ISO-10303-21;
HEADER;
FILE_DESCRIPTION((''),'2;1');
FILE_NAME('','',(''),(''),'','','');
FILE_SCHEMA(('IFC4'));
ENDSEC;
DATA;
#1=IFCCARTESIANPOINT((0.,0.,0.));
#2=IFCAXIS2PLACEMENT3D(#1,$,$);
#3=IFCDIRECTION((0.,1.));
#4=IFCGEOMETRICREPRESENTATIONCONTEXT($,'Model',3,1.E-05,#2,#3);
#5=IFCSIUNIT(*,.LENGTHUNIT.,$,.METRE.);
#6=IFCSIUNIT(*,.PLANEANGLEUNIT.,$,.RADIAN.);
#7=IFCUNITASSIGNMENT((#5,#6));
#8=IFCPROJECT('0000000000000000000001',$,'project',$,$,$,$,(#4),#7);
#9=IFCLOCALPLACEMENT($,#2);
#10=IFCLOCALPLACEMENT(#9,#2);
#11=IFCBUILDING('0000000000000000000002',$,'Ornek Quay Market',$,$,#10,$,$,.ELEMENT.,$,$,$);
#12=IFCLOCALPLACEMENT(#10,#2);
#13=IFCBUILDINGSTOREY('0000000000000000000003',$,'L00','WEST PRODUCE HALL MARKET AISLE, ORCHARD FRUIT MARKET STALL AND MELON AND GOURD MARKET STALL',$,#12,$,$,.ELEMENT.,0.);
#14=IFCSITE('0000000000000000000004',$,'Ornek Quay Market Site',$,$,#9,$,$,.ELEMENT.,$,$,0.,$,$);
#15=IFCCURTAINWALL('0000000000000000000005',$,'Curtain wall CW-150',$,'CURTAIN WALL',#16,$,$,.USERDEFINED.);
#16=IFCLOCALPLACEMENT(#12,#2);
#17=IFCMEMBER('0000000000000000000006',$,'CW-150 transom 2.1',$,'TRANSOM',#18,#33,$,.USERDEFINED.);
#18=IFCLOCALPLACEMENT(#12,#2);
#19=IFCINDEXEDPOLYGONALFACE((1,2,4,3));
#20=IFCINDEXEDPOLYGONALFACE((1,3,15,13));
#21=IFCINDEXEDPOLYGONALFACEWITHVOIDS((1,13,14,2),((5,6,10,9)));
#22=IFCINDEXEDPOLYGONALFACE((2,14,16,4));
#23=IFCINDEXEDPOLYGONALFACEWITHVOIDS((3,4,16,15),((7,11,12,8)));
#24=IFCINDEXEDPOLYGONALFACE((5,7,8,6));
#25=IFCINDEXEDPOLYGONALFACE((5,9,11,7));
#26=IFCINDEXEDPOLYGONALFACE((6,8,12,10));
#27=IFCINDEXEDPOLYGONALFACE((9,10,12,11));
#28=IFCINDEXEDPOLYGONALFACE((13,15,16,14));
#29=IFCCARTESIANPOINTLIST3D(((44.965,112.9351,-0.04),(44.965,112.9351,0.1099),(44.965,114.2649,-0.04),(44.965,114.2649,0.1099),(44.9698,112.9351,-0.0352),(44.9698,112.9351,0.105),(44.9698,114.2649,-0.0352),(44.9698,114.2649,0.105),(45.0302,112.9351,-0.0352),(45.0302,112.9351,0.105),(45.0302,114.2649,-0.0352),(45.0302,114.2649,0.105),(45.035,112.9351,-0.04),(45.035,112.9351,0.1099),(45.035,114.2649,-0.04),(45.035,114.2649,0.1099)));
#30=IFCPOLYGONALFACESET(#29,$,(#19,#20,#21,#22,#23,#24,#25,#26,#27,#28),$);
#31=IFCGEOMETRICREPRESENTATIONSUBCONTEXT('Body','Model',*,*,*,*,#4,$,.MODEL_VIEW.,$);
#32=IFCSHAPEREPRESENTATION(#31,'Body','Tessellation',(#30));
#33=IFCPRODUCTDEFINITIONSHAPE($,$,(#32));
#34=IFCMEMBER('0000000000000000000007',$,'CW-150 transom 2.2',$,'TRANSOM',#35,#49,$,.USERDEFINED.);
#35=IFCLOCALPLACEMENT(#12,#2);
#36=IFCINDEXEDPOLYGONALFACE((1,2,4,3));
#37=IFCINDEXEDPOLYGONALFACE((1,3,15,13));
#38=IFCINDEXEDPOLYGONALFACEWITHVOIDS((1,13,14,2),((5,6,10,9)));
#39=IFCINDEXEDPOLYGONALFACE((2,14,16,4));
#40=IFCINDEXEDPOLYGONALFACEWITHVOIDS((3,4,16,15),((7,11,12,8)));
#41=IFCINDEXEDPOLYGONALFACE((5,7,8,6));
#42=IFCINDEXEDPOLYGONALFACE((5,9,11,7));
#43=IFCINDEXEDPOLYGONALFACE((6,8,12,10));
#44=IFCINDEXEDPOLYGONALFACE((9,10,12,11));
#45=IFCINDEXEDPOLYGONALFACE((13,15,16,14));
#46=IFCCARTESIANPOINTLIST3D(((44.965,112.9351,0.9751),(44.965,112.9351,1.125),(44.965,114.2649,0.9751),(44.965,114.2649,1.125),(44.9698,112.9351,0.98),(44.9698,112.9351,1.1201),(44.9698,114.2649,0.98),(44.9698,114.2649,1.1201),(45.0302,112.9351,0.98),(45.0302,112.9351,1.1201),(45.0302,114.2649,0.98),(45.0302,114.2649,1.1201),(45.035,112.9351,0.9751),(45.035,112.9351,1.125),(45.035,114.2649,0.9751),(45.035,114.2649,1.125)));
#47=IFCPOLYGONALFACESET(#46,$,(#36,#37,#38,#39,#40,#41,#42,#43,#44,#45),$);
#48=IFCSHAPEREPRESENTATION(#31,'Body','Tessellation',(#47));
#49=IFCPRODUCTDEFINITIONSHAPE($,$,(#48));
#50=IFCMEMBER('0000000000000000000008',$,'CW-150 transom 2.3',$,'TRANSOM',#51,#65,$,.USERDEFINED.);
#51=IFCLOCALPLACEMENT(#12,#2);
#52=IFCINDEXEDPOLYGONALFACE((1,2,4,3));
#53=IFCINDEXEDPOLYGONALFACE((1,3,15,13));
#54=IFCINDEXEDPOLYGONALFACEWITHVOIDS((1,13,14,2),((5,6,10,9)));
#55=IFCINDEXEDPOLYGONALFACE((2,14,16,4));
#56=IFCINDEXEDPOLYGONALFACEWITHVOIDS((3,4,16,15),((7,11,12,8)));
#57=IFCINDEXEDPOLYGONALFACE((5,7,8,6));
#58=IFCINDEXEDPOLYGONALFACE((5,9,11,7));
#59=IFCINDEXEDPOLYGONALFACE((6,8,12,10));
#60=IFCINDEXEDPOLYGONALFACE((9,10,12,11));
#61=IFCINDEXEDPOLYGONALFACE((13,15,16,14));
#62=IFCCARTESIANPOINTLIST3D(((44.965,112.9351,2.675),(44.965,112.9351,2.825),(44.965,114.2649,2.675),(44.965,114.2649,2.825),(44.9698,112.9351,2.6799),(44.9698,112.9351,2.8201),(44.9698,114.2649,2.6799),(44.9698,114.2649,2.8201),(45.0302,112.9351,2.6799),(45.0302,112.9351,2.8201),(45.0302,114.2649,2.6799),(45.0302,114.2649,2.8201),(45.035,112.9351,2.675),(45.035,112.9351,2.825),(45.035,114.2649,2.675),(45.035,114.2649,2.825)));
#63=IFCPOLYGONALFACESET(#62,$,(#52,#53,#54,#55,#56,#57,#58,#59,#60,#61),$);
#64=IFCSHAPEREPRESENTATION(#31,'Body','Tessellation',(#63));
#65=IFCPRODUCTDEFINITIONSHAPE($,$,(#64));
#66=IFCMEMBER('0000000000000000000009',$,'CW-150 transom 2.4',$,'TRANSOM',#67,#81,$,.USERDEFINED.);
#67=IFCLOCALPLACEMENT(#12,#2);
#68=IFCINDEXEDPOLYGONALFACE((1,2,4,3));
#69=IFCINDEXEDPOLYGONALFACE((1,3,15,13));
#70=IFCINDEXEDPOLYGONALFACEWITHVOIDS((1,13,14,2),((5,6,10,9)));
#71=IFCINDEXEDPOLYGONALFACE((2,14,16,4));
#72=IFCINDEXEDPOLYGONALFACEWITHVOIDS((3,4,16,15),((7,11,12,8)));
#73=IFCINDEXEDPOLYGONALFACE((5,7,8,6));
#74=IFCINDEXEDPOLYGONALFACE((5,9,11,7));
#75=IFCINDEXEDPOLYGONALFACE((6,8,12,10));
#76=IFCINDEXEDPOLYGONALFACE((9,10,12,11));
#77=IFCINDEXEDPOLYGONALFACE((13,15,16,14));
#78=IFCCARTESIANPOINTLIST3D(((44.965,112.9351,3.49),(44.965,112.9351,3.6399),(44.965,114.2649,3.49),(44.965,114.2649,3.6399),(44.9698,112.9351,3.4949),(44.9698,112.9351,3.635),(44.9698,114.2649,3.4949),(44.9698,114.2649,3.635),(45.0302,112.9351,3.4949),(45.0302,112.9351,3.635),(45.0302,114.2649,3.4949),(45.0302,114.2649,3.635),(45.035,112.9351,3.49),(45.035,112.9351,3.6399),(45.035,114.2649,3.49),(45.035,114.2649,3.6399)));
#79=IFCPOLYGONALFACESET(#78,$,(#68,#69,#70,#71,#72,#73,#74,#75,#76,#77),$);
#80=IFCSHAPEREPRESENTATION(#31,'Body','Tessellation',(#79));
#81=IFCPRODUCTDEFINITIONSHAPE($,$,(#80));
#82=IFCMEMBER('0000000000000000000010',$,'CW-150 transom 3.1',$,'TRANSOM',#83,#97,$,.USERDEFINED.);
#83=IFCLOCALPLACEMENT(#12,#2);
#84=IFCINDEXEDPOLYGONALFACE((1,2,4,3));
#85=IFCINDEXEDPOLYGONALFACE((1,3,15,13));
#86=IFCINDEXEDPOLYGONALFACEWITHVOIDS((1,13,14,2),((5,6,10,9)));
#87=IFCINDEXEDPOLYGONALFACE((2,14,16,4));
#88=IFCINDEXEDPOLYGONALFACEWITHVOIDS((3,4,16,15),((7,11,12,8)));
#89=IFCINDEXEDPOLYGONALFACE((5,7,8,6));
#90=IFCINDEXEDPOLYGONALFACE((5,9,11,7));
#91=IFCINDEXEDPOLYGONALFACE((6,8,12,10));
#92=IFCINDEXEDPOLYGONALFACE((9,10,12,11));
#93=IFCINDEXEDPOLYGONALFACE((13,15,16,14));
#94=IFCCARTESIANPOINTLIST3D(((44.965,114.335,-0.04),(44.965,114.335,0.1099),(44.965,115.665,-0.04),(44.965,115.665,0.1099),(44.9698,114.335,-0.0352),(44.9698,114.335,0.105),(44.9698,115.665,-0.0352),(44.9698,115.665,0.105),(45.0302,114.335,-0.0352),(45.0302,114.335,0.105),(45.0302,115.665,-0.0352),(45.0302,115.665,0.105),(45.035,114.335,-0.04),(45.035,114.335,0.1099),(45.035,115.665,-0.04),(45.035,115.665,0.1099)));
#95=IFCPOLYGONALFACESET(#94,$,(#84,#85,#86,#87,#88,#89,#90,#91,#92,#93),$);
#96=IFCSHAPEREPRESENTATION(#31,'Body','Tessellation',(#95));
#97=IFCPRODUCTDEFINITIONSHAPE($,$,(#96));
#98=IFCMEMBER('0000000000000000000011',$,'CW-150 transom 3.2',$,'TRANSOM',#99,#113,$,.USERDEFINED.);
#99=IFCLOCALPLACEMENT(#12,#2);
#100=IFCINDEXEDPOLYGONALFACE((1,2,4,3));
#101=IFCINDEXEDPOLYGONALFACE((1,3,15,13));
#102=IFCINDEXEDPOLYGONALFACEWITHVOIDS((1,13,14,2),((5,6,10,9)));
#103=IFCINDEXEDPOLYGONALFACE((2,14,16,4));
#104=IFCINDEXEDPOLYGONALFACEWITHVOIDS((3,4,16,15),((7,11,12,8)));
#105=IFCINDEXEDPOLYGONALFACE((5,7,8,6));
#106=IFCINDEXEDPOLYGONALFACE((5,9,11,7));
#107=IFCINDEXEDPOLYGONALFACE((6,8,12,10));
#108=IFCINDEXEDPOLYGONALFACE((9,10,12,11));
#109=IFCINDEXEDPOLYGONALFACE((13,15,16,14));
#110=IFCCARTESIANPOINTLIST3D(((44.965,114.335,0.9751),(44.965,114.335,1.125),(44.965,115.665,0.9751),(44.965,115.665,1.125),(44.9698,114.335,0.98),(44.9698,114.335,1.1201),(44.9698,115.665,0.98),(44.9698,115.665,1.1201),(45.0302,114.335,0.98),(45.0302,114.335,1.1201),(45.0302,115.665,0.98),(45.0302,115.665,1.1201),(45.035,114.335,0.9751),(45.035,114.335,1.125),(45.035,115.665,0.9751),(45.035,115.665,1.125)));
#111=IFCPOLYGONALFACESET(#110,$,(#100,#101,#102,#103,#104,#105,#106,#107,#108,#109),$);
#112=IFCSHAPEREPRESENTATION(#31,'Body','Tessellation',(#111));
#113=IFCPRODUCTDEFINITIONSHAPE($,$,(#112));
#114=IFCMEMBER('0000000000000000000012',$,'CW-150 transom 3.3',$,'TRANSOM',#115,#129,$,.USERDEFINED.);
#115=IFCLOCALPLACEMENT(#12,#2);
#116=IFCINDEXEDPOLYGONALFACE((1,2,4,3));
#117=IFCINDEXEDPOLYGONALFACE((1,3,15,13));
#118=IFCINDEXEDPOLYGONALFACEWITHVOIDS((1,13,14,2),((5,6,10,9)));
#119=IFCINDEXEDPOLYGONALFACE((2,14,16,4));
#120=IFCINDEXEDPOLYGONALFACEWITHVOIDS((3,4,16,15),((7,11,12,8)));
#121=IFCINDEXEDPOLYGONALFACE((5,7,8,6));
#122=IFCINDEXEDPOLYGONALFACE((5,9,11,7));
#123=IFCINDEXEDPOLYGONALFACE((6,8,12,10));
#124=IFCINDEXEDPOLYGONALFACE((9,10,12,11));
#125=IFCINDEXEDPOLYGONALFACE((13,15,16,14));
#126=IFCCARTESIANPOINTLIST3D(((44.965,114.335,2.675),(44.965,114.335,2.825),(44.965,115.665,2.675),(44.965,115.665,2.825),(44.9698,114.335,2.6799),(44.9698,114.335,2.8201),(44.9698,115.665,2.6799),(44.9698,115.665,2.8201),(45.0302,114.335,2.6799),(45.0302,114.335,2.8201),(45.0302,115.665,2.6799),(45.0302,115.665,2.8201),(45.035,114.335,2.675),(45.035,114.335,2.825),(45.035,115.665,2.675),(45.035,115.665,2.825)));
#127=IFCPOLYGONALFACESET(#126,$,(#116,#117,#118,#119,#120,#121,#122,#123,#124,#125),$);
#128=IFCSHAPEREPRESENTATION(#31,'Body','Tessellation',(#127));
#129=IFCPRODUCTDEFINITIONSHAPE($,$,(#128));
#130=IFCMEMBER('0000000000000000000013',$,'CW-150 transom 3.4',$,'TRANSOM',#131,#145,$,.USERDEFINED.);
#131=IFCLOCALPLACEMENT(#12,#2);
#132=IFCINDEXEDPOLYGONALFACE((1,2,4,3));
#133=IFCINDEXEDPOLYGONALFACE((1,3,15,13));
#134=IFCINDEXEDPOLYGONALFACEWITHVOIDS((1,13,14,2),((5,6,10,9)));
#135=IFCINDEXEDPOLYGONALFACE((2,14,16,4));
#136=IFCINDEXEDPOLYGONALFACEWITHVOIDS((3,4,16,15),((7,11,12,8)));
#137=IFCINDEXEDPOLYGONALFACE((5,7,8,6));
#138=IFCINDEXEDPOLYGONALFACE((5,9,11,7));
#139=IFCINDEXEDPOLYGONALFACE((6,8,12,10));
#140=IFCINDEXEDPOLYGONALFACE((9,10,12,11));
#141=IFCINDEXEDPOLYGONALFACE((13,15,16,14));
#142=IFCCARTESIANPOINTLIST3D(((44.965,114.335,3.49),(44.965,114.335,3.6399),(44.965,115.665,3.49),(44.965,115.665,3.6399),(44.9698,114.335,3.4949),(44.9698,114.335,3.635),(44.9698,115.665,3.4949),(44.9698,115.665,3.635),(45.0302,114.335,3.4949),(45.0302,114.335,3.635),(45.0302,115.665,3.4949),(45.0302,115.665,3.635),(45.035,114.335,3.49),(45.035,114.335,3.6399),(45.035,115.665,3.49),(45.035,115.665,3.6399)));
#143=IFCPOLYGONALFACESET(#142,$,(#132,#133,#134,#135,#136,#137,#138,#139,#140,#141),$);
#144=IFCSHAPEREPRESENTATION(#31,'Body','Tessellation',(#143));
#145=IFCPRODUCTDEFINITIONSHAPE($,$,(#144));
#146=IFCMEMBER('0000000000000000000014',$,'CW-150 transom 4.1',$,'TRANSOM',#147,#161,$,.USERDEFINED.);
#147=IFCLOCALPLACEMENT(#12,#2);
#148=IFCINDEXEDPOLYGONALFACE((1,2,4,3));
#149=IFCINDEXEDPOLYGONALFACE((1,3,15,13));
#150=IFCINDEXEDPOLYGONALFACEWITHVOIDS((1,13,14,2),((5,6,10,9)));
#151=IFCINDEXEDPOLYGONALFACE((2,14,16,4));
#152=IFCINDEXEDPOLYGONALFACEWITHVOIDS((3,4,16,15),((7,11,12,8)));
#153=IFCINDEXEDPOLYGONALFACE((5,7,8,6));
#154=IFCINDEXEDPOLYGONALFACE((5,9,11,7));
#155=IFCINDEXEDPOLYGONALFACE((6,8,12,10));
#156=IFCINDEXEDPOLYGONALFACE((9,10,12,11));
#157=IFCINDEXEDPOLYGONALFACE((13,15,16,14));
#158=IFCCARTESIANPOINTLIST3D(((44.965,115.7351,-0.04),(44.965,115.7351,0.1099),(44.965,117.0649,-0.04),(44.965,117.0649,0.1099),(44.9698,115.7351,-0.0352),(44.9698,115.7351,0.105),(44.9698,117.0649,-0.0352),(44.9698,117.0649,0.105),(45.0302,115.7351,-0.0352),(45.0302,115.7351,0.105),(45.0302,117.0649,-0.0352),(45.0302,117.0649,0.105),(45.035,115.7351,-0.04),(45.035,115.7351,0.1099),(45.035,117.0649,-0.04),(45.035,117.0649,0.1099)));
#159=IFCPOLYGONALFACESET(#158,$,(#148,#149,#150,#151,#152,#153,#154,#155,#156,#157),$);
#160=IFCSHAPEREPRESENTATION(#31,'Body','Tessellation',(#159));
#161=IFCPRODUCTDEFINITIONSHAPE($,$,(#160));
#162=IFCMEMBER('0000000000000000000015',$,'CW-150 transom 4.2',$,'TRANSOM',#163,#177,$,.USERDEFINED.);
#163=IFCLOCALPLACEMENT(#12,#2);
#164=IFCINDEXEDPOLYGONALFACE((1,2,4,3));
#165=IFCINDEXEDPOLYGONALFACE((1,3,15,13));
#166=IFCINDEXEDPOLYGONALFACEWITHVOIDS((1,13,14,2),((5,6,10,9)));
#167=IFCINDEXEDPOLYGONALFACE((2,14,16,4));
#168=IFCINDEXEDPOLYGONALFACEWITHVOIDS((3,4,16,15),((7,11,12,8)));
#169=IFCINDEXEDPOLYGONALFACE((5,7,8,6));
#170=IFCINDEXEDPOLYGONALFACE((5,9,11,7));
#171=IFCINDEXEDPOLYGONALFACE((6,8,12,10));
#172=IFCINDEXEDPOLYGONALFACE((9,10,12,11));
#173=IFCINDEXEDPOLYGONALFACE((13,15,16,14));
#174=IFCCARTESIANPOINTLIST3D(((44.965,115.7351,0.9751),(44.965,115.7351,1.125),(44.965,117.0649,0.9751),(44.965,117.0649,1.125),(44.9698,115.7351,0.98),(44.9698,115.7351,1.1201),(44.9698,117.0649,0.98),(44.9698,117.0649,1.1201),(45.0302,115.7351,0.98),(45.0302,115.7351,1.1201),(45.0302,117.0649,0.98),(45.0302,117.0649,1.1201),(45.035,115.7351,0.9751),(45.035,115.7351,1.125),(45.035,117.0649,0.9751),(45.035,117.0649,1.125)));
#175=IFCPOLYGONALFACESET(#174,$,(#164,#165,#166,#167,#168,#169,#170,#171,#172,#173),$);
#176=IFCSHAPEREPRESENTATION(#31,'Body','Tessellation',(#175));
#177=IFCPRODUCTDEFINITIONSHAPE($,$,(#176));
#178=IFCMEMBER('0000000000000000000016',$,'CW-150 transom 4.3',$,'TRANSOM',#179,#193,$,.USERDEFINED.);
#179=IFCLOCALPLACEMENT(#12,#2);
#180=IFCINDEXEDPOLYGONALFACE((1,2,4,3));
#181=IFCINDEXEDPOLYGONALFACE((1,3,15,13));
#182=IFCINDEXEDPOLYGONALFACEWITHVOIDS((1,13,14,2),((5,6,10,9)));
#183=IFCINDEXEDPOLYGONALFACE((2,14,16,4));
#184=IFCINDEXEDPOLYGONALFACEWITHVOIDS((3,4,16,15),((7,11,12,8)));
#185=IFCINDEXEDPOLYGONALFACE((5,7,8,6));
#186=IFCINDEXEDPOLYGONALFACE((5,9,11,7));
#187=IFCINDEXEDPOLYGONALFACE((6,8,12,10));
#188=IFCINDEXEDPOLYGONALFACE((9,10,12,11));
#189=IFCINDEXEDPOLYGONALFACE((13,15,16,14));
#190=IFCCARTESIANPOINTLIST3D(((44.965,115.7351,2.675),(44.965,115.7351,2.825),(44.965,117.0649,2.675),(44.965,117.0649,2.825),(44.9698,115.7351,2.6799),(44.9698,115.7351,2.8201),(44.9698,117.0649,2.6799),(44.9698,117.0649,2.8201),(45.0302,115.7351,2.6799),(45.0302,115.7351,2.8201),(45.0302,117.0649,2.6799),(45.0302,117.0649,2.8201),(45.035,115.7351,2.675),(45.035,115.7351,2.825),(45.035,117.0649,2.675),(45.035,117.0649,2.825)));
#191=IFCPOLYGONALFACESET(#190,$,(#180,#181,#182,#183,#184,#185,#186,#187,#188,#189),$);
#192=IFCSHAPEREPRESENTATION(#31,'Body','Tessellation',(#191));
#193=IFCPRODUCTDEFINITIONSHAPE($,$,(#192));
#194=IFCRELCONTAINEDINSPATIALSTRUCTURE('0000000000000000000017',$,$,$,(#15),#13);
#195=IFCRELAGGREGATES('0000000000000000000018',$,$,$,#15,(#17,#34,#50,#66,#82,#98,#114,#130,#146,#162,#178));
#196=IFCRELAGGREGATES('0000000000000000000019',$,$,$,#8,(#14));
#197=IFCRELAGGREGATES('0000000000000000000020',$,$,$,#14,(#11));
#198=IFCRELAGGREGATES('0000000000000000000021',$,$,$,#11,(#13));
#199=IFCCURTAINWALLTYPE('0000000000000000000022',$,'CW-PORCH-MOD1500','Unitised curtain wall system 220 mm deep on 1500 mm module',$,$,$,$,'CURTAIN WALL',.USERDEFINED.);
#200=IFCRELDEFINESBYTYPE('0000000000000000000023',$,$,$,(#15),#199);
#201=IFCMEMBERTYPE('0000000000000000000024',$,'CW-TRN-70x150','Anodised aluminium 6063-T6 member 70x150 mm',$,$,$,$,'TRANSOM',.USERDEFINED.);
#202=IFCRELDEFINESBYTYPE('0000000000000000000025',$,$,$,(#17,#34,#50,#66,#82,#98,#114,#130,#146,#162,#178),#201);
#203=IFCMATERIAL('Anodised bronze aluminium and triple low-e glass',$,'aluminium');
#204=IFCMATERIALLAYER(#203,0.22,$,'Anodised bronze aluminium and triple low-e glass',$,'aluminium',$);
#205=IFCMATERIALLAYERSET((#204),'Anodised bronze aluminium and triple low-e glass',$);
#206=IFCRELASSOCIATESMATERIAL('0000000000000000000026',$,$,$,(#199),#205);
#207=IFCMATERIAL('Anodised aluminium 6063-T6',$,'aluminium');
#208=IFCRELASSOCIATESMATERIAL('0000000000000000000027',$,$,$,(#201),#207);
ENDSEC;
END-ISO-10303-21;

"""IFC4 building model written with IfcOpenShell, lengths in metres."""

from ifc_helpers import new_model, si_unit, direction, frame, origin, origin_2d, place, context, subcontext, project, spatial, hollow_rectangle, extrude, material, layer, layer_set, material_profile, profile_set, type_object, element, aggregate, save


model = new_model("IFC4")

# Units and contexts
model_context = context("Model", 3, precision=1e-05, world=origin(), true_north=direction((0.0, 1.0)))
body_context = subcontext(model_context, "Body", "Model", "MODEL_VIEW")
ifc_project = project(units=[si_unit("LENGTHUNIT", "METRE"), si_unit("PLANEANGLEUNIT", "RADIAN")], contexts=[model_context])

# Site, building, storey
site_placement = place(None, origin())
site = spatial("IfcSite", under=ifc_project, at=site_placement, Name="Ornek Quay Market Site", CompositionType="ELEMENT", RefElevation=0.0)
building_placement = place(site_placement, origin())
building = spatial("IfcBuilding", under=site, at=building_placement, Name="Ornek Quay Market", CompositionType="ELEMENT")
storey_placement = place(building_placement, origin())
storey = spatial("IfcBuildingStorey", under=building, at=storey_placement, Name="L00", Description="WEST PRODUCE HALL MARKET AISLE, ORCHARD FRUIT MARKET STALL AND MELON AND GOURD MARKET STALL", CompositionType="ELEMENT", Elevation=0.0)

# Curtain wall, members
ifc_material_1 = material(Name="Anodised bronze aluminium and triple low-e glass", Category="aluminium")
ifc_layer_1 = layer(ifc_material_1, 0.22, Name="Anodised bronze aluminium and triple low-e glass", Category="aluminium")
ifc_layer_set_1 = layer_set([ifc_layer_1], Name="Anodised bronze aluminium and triple low-e glass")
curtain_wall_type = type_object("IfcCurtainWallType", Name="CW-PORCH-MOD1500", Description="Unitised curtain wall system 220 mm deep on 1500 mm module", ElementType="CURTAIN WALL", PredefinedType="USERDEFINED", material=ifc_layer_set_1)
curtain_wall_1_placement = place(storey_placement, origin())
curtain_wall_1 = element("IfcCurtainWall", 1, at=curtain_wall_1_placement, inside=storey, type_object=curtain_wall_type, Name="Curtain wall CW-150", ObjectType="CURTAIN WALL", PredefinedType="USERDEFINED")
ifc_material_2 = material(Name="Anodised aluminium 6063-T6", Category="aluminium")
ifc_material_profile_1 = material_profile(ifc_material_2, hollow_rectangle(XDim=0.0701, YDim=0.1499, WallThickness=0.0049, at=origin_2d()), Name="CW-TRN-70x150", Category="aluminium")
ifc_profile_set_1 = profile_set([ifc_material_profile_1], Name="Anodised aluminium 6063-T6")
member_type_1 = type_object("IfcMemberType", Name="CW-TRN-70x150", Description="Anodised aluminium 6063-T6 member 70x150 mm", ElementType="TRANSOM", PredefinedType="USERDEFINED", material=ifc_profile_set_1)
member_1_placement = place(storey_placement, frame((45.0, 112.9351, 0.0349), z_axis=(0.0, 1.0, 0.0), x_axis=(-1.0, 0.0, 0.0)))
member_1 = element("IfcMember", 2, at=member_1_placement, type_object=member_type_1, Name="CW-150 transom 2.1", ObjectType="TRANSOM", PredefinedType="USERDEFINED", context=body_context, shape_type="SweptSolid", body=[
    extrude(hollow_rectangle(XDim=0.0701, YDim=0.1499, WallThickness=0.0049, at=origin_2d()), origin(), (0.0, 0.0, 1.0), 1.3298),
])
member_2_placement = place(storey_placement, frame((45.0, 112.9351, 1.05), z_axis=(0.0, 1.0, 0.0), x_axis=(-1.0, 0.0, 0.0)))
member_2 = element("IfcMember", 3, at=member_2_placement, type_object=member_type_1, Name="CW-150 transom 2.2", ObjectType="TRANSOM", PredefinedType="USERDEFINED", context=body_context, shape_type="SweptSolid", body=[
    extrude(hollow_rectangle(XDim=0.0701, YDim=0.1499, WallThickness=0.0049, at=origin_2d()), origin(), (0.0, 0.0, 1.0), 1.3298),
])
member_3_placement = place(storey_placement, frame((45.0, 112.9351, 2.75), z_axis=(0.0, 1.0, 0.0), x_axis=(-1.0, 0.0, 0.0)))
member_3 = element("IfcMember", 4, at=member_3_placement, type_object=member_type_1, Name="CW-150 transom 2.3", ObjectType="TRANSOM", PredefinedType="USERDEFINED", context=body_context, shape_type="SweptSolid", body=[
    extrude(hollow_rectangle(XDim=0.0701, YDim=0.1499, WallThickness=0.0049, at=origin_2d()), origin(), (0.0, 0.0, 1.0), 1.3298),
])
member_4_placement = place(storey_placement, frame((45.0, 112.9351, 3.5649), z_axis=(0.0, 1.0, 0.0), x_axis=(-1.0, 0.0, 0.0)))
member_4 = element("IfcMember", 5, at=member_4_placement, type_object=member_type_1, Name="CW-150 transom 2.4", ObjectType="TRANSOM", PredefinedType="USERDEFINED", context=body_context, shape_type="SweptSolid", body=[
    extrude(hollow_rectangle(XDim=0.0701, YDim=0.1499, WallThickness=0.0049, at=origin_2d()), origin(), (0.0, 0.0, 1.0), 1.3298),
])
member_5_placement = place(storey_placement, frame((45.0, 114.335, 0.0349), z_axis=(0.0, 1.0, 0.0), x_axis=(-1.0, 0.0, 0.0)))
member_5 = element("IfcMember", 6, at=member_5_placement, type_object=member_type_1, Name="CW-150 transom 3.1", ObjectType="TRANSOM", PredefinedType="USERDEFINED", context=body_context, shape_type="SweptSolid", body=[
    extrude(hollow_rectangle(XDim=0.0701, YDim=0.1499, WallThickness=0.0049, at=origin_2d()), origin(), (0.0, 0.0, 1.0), 1.3301),
])
member_6_placement = place(storey_placement, frame((45.0, 114.335, 1.05), z_axis=(0.0, 1.0, 0.0), x_axis=(-1.0, 0.0, 0.0)))
member_6 = element("IfcMember", 7, at=member_6_placement, type_object=member_type_1, Name="CW-150 transom 3.2", ObjectType="TRANSOM", PredefinedType="USERDEFINED", context=body_context, shape_type="SweptSolid", body=[
    extrude(hollow_rectangle(XDim=0.0701, YDim=0.1499, WallThickness=0.0049, at=origin_2d()), origin(), (0.0, 0.0, 1.0), 1.3301),
])
member_7_placement = place(storey_placement, frame((45.0, 114.335, 2.75), z_axis=(0.0, 1.0, 0.0), x_axis=(-1.0, 0.0, 0.0)))
member_7 = element("IfcMember", 8, at=member_7_placement, type_object=member_type_1, Name="CW-150 transom 3.3", ObjectType="TRANSOM", PredefinedType="USERDEFINED", context=body_context, shape_type="SweptSolid", body=[
    extrude(hollow_rectangle(XDim=0.0701, YDim=0.1499, WallThickness=0.0049, at=origin_2d()), origin(), (0.0, 0.0, 1.0), 1.3301),
])
member_8_placement = place(storey_placement, frame((45.0, 114.335, 3.5649), z_axis=(0.0, 1.0, 0.0), x_axis=(-1.0, 0.0, 0.0)))
member_8 = element("IfcMember", 9, at=member_8_placement, type_object=member_type_1, Name="CW-150 transom 3.4", ObjectType="TRANSOM", PredefinedType="USERDEFINED", context=body_context, shape_type="SweptSolid", body=[
    extrude(hollow_rectangle(XDim=0.0701, YDim=0.1499, WallThickness=0.0049, at=origin_2d()), origin(), (0.0, 0.0, 1.0), 1.3301),
])
member_9_placement = place(storey_placement, frame((45.0, 115.7351, 0.0349), z_axis=(0.0, 1.0, 0.0), x_axis=(-1.0, 0.0, 0.0)))
member_9 = element("IfcMember", 10, at=member_9_placement, type_object=member_type_1, Name="CW-150 transom 4.1", ObjectType="TRANSOM", PredefinedType="USERDEFINED", context=body_context, shape_type="SweptSolid", body=[
    extrude(hollow_rectangle(XDim=0.0701, YDim=0.1499, WallThickness=0.0049, at=origin_2d()), origin(), (0.0, 0.0, 1.0), 1.3298),
])
member_10_placement = place(storey_placement, frame((45.0, 115.7351, 1.05), z_axis=(0.0, 1.0, 0.0), x_axis=(-1.0, 0.0, 0.0)))
member_10 = element("IfcMember", 11, at=member_10_placement, type_object=member_type_1, Name="CW-150 transom 4.2", ObjectType="TRANSOM", PredefinedType="USERDEFINED", context=body_context, shape_type="SweptSolid", body=[
    extrude(hollow_rectangle(XDim=0.0701, YDim=0.1499, WallThickness=0.0049, at=origin_2d()), origin(), (0.0, 0.0, 1.0), 1.3298),
])
member_11_placement = place(storey_placement, frame((45.0, 115.7351, 2.75), z_axis=(0.0, 1.0, 0.0), x_axis=(-1.0, 0.0, 0.0)))
member_11 = element("IfcMember", 12, at=member_11_placement, type_object=member_type_1, Name="CW-150 transom 4.3", ObjectType="TRANSOM", PredefinedType="USERDEFINED", context=body_context, shape_type="SweptSolid", body=[
    extrude(hollow_rectangle(XDim=0.0701, YDim=0.1499, WallThickness=0.0049, at=origin_2d()), origin(), (0.0, 0.0, 1.0), 1.3298),
])

aggregate(curtain_wall_1, [member_1, member_2, member_3, member_4, member_5, member_6, member_7, member_8, member_9, member_10, member_11])

save(model, "model.ifc")
